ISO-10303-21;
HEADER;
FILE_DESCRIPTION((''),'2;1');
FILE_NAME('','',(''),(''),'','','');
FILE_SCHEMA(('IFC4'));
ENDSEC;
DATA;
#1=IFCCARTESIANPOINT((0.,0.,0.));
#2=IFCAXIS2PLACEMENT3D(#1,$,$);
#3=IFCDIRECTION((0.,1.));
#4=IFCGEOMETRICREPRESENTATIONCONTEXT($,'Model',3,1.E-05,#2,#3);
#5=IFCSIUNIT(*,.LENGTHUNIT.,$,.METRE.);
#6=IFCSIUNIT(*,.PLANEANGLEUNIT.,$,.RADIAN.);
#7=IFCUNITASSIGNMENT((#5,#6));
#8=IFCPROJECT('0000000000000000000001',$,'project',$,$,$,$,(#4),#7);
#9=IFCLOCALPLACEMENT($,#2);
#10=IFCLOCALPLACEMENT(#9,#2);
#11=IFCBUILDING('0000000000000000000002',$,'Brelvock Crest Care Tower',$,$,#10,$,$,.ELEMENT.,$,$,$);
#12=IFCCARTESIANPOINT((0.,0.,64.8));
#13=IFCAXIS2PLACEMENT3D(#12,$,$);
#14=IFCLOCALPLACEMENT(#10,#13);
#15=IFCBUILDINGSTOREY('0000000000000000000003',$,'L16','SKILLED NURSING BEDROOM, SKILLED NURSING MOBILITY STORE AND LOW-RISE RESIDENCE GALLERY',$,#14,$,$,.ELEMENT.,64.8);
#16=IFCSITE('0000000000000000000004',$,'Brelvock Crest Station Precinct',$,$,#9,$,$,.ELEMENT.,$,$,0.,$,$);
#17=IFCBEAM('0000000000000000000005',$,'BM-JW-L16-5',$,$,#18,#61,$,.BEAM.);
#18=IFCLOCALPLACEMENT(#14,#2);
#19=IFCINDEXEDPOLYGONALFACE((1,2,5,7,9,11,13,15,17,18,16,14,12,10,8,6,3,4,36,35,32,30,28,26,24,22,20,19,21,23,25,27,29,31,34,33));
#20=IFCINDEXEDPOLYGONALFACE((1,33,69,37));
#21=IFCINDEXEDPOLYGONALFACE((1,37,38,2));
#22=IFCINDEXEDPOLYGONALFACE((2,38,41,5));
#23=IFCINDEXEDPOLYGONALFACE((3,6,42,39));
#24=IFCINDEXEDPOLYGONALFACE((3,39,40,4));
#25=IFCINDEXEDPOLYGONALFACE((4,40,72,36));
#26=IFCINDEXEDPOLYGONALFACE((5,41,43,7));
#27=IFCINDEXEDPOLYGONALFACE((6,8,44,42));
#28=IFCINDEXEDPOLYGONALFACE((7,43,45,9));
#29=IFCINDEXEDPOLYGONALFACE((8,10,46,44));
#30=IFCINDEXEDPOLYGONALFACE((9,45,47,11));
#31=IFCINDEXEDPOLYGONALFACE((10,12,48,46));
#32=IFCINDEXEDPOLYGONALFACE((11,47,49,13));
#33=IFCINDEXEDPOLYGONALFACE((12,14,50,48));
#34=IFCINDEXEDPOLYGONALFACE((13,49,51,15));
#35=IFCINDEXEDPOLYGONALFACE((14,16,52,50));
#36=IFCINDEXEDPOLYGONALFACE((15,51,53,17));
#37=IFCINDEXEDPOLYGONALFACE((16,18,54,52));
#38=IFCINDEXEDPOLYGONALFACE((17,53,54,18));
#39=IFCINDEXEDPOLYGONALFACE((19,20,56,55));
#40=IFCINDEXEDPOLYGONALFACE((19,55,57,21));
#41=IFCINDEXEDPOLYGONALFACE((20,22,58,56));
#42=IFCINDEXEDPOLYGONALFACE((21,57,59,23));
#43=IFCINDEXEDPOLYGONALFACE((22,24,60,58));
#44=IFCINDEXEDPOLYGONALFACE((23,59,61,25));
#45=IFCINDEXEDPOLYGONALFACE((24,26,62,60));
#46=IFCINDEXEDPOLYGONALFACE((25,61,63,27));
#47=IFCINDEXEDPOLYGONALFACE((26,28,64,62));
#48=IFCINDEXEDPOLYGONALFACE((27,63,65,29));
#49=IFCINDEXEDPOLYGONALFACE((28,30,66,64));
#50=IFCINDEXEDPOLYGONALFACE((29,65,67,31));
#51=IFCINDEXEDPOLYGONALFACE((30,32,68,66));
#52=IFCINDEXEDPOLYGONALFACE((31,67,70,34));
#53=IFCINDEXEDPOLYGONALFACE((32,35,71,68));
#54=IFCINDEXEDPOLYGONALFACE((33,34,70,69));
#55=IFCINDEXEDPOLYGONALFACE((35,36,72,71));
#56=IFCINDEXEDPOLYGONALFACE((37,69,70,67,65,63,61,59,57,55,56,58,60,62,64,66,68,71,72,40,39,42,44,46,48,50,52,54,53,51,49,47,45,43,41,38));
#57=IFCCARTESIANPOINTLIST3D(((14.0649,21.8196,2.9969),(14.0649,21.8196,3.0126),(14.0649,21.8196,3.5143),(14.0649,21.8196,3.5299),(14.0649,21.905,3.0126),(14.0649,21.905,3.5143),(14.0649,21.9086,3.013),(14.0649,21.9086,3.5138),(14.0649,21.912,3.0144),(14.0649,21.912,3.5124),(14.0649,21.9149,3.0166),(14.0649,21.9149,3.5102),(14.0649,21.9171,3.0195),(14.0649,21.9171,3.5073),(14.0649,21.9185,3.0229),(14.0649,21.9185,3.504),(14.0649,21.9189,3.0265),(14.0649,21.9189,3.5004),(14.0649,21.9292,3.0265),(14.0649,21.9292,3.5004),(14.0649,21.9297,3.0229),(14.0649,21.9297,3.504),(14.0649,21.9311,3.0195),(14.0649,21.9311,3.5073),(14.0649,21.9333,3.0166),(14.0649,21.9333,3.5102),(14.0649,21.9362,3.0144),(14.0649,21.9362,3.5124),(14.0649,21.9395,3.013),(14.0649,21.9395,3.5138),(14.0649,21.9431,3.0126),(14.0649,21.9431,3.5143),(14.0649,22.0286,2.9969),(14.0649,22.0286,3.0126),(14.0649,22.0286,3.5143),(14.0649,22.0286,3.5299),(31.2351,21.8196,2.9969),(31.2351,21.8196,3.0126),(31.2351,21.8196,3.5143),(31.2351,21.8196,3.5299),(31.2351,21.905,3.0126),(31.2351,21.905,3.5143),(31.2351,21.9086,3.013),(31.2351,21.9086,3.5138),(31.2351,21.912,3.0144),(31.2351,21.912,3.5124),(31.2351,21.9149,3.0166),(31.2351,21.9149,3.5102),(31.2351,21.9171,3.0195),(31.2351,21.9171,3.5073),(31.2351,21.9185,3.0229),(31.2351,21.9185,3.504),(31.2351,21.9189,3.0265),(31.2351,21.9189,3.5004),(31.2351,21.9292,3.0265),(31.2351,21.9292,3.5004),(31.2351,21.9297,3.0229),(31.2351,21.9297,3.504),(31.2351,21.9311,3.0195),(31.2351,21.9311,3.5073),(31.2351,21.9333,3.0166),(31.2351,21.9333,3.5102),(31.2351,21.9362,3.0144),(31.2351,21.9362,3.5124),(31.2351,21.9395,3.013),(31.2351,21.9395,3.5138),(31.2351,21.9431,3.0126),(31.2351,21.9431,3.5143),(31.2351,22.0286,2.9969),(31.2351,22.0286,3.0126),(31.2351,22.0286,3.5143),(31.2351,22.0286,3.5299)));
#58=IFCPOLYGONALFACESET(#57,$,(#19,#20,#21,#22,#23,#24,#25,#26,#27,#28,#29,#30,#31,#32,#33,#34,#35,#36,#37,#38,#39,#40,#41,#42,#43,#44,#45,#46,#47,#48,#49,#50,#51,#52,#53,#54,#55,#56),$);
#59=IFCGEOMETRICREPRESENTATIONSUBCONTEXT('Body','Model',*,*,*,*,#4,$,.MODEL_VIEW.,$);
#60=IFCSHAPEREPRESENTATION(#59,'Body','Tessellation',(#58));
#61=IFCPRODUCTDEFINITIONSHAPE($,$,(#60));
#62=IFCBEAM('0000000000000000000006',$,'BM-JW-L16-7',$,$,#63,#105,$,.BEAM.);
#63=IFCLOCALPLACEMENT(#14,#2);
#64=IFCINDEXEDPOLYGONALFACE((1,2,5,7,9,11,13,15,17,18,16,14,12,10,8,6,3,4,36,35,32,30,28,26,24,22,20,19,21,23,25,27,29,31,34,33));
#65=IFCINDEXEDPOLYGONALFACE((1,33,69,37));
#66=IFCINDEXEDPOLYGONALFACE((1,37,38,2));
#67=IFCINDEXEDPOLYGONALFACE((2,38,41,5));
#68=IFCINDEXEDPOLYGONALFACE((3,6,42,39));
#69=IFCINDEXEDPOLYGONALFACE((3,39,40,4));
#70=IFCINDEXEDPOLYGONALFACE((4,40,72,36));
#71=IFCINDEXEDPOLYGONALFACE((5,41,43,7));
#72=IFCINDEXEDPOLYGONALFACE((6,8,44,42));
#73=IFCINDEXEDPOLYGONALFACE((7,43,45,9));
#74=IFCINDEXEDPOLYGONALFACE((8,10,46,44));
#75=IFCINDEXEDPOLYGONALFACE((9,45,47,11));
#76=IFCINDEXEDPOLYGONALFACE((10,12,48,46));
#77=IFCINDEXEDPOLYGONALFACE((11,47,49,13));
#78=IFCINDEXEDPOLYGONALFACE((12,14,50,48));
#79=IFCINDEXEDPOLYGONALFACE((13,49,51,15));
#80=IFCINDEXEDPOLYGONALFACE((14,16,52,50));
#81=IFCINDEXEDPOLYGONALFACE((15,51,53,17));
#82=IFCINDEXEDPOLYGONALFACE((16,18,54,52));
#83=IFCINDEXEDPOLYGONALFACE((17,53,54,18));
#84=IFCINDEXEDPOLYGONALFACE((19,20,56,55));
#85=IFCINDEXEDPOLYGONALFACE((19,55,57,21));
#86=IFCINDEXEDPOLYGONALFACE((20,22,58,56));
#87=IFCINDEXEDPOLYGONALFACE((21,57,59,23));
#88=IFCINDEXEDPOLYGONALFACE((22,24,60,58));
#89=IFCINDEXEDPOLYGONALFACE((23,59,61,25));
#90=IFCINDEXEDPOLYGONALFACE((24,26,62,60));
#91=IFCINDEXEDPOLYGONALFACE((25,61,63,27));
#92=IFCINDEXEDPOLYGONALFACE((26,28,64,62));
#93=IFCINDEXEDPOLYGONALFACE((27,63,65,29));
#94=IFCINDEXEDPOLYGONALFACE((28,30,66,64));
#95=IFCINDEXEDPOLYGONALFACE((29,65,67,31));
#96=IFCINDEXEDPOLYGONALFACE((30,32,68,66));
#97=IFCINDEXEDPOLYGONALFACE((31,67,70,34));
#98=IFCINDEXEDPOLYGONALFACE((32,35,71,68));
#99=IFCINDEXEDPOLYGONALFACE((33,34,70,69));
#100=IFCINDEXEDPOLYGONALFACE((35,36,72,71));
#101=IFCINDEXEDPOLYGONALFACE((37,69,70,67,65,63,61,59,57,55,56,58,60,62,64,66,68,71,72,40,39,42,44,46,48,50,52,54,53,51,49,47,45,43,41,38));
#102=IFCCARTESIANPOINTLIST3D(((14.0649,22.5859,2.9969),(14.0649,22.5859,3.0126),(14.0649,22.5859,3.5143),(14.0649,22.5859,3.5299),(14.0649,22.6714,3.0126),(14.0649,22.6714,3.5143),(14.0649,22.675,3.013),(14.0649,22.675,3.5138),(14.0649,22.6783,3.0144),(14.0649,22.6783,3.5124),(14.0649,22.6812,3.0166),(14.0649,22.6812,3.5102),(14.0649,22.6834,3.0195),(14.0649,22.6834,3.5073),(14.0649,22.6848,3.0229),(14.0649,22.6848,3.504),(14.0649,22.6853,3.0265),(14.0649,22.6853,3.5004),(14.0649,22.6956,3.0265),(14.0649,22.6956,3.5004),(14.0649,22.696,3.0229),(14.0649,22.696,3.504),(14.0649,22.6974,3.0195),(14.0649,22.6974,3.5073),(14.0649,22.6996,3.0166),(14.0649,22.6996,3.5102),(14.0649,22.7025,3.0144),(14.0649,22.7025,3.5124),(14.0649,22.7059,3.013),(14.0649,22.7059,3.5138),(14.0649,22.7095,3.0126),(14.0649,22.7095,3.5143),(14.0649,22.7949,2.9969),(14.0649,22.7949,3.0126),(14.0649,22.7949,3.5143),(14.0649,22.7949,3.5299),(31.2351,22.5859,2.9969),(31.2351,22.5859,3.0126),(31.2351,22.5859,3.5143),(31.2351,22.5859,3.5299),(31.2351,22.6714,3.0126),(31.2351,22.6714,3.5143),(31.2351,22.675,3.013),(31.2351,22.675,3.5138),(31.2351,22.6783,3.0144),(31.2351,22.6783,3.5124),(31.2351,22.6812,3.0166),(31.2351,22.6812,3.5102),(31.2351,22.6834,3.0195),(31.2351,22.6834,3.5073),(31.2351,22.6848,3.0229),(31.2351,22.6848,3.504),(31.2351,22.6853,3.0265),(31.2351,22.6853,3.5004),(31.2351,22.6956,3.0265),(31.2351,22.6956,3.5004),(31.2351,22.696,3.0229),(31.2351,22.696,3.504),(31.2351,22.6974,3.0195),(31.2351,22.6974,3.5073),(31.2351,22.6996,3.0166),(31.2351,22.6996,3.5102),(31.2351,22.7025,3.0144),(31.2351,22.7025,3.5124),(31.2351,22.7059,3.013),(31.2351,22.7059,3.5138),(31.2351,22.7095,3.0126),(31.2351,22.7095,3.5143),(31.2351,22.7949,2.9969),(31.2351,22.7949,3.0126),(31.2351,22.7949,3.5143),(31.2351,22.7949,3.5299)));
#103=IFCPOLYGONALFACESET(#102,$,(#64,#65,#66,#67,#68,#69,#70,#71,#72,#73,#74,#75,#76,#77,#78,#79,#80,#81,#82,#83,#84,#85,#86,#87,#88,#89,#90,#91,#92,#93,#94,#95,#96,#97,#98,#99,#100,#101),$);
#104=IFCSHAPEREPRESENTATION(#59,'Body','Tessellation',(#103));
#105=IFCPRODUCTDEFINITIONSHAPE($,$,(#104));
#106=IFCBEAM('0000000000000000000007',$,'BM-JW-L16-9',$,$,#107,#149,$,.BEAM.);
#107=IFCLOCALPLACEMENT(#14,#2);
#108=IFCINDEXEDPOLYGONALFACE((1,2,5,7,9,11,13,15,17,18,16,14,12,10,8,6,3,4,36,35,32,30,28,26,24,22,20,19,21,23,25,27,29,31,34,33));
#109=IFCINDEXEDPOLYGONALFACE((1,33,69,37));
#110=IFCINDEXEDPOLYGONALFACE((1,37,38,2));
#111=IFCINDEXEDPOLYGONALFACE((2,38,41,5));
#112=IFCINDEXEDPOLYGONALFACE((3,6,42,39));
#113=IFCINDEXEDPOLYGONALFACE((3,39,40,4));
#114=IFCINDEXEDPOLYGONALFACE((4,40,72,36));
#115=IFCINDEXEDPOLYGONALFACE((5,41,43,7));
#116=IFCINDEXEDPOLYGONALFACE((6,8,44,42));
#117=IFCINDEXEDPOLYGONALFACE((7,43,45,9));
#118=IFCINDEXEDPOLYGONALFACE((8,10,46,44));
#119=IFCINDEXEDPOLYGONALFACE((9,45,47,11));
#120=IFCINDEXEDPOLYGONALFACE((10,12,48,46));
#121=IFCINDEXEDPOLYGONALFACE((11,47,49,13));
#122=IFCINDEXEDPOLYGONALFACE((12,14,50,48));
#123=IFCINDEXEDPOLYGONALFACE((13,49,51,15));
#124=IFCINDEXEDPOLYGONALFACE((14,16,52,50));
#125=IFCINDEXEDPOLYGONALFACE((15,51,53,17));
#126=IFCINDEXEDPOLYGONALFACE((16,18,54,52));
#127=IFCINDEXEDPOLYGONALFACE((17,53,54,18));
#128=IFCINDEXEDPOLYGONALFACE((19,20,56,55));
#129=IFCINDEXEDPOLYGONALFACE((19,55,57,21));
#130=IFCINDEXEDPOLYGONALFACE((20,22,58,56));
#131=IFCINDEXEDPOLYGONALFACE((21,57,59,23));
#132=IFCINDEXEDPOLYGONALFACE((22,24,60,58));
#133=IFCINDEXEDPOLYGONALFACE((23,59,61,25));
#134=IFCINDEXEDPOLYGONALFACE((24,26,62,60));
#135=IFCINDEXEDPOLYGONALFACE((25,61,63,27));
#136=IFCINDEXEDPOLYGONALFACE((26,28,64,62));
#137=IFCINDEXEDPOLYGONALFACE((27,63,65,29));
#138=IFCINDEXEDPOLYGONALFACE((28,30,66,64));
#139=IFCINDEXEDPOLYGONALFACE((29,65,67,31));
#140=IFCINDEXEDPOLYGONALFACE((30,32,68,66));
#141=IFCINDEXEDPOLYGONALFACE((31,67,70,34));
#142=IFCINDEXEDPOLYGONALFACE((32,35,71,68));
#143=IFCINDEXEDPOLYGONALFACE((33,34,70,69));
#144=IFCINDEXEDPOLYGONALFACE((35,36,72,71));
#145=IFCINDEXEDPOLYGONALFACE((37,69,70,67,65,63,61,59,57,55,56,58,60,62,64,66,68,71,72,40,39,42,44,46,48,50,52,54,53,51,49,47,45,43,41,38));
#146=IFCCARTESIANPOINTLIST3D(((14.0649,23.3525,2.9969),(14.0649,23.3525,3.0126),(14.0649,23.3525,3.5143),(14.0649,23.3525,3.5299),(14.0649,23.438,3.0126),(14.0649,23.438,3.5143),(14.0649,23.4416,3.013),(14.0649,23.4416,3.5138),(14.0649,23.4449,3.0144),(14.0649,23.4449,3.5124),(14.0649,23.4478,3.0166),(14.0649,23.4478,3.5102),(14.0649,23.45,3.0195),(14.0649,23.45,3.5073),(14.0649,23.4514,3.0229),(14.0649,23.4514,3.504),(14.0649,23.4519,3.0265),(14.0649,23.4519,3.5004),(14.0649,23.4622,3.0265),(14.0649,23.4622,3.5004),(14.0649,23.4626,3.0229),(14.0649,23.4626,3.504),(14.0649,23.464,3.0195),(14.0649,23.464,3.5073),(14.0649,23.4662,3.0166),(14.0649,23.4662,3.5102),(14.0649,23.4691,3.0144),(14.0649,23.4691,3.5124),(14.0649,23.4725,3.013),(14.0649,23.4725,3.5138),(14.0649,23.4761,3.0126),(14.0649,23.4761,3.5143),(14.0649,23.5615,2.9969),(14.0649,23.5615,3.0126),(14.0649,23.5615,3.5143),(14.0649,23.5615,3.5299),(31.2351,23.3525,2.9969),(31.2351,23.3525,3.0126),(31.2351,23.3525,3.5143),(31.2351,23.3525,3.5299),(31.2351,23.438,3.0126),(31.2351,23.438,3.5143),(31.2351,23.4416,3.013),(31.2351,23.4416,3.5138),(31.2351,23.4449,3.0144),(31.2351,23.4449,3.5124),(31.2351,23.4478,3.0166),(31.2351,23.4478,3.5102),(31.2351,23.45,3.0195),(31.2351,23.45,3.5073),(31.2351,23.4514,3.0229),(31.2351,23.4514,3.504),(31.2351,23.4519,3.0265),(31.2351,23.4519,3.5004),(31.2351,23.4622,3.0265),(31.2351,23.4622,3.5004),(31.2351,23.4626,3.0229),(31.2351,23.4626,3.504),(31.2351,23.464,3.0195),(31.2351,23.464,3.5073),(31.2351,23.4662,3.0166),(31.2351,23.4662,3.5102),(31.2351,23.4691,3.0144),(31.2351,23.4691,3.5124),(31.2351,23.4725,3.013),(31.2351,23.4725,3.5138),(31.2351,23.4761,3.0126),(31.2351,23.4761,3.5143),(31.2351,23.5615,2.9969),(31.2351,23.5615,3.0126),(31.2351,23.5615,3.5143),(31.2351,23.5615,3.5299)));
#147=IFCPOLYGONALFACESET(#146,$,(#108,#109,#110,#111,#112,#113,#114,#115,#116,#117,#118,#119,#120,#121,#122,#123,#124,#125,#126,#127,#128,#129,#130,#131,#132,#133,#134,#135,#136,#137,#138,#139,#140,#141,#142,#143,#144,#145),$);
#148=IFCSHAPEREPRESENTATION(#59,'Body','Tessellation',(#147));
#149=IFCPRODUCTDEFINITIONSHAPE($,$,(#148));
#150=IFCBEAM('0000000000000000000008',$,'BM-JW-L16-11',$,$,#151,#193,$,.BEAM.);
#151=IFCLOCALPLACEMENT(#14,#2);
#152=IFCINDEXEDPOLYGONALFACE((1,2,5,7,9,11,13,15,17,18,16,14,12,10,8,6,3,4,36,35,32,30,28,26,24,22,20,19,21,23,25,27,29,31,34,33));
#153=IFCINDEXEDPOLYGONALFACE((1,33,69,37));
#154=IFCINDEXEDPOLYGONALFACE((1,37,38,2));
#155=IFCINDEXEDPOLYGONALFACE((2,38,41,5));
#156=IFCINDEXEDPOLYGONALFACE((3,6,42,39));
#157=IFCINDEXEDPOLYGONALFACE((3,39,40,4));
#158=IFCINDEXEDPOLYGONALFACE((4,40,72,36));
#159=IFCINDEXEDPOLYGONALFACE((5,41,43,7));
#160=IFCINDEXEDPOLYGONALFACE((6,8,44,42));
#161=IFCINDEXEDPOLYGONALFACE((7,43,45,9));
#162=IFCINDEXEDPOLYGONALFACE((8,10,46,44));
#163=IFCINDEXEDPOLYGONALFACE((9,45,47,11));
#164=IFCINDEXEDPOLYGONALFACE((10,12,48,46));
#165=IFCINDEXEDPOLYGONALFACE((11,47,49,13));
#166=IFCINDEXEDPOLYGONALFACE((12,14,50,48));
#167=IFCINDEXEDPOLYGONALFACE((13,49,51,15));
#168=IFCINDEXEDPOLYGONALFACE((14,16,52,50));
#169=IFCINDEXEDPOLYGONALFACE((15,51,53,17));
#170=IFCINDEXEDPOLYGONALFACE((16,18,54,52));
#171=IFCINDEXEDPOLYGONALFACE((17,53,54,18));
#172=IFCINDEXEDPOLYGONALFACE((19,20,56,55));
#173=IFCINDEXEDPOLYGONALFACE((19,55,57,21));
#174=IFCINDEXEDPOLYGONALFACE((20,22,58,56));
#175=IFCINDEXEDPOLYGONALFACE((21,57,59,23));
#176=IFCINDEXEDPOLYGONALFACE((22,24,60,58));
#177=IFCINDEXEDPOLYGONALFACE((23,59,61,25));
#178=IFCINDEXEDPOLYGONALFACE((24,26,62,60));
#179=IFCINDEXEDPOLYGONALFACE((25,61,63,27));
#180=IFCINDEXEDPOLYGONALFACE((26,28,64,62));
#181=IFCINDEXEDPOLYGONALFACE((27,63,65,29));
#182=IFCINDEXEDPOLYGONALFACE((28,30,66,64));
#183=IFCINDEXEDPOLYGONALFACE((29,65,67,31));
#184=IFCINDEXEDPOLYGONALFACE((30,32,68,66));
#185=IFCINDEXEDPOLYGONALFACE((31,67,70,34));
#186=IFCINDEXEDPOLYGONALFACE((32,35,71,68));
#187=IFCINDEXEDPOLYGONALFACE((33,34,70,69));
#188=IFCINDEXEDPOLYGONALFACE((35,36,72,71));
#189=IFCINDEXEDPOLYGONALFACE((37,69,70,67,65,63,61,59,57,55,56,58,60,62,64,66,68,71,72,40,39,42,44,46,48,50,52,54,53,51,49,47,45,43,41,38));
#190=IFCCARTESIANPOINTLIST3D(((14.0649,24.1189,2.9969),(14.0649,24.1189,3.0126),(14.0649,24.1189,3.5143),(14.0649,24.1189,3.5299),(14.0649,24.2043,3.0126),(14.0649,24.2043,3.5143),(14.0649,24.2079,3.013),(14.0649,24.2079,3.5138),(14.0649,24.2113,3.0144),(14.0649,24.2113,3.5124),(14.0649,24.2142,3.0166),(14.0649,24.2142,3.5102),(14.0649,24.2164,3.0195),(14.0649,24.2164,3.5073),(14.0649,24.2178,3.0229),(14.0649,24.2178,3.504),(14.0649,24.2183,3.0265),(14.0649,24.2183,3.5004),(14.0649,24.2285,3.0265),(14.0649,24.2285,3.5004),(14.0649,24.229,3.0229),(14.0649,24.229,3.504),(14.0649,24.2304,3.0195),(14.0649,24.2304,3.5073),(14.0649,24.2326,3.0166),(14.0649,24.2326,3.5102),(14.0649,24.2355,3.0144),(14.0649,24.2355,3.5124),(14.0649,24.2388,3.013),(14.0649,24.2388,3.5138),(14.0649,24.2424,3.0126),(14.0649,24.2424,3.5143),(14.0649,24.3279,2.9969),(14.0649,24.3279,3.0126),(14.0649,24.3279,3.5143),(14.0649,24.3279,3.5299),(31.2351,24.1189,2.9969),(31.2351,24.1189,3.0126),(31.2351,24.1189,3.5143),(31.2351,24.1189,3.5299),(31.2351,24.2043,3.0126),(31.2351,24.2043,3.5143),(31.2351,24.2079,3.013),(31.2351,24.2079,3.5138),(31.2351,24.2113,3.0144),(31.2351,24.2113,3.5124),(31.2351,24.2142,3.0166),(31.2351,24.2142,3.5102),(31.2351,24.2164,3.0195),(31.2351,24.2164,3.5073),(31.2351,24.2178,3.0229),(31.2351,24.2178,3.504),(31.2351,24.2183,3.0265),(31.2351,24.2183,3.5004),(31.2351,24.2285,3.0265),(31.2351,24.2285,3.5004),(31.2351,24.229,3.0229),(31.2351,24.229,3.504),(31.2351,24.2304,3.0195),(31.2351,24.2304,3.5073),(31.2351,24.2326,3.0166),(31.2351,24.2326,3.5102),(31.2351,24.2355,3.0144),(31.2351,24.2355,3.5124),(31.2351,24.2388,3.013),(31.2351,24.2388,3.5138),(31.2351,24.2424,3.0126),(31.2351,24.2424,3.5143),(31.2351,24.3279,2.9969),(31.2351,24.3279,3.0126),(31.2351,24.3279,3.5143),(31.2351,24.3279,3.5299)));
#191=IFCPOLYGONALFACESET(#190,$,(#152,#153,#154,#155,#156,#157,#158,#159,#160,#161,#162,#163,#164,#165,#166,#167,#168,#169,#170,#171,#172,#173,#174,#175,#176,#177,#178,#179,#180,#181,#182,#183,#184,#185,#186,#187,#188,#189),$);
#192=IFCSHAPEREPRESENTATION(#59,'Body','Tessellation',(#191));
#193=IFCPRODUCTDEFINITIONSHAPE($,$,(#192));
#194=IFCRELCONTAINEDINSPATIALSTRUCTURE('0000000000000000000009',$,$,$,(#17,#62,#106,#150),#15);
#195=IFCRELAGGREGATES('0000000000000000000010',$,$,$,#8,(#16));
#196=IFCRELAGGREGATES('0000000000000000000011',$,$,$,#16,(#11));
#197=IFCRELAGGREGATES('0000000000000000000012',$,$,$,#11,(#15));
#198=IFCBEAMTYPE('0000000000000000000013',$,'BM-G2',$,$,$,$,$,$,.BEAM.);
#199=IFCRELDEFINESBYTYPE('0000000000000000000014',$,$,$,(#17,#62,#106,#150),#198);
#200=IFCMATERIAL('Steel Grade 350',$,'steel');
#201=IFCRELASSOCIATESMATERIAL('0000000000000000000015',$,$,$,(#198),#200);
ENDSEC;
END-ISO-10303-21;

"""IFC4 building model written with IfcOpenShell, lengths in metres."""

from ifc_helpers import new_model, si_unit, direction, frame, origin, origin_2d, place, context, subcontext, project, spatial, i_section, extrude, source, transform, mapped, material, material_profile, profile_set, type_object, element, save


model = new_model("IFC4")

# Units and contexts
model_context = context("Model", 3, precision=1e-05, world=origin(), true_north=direction((0.0, 1.0)))
body_context = subcontext(model_context, "Body", "Model", "MODEL_VIEW")
ifc_project = project(units=[si_unit("LENGTHUNIT", "METRE"), si_unit("PLANEANGLEUNIT", "RADIAN")], contexts=[model_context])

# Site, building, storey
site_placement = place(None, origin())
site = spatial("IfcSite", under=ifc_project, at=site_placement, Name="Brelvock Crest Station Precinct", CompositionType="ELEMENT", RefElevation=0.0)
building_placement = place(site_placement, origin())
building = spatial("IfcBuilding", under=site, at=building_placement, Name="Brelvock Crest Care Tower", CompositionType="ELEMENT")
storey_placement = place(building_placement, frame((0.0, 0.0, 64.8)))
storey = spatial("IfcBuildingStorey", under=building, at=storey_placement, Name="L16", Description="SKILLED NURSING BEDROOM, SKILLED NURSING MOBILITY STORE AND LOW-RISE RESIDENCE GALLERY", CompositionType="ELEMENT", Elevation=64.8)

# Beams
ifc_material_1 = material(Name="Steel Grade 350", Category="steel")
ifc_material_profile_1 = material_profile(ifc_material_1, i_section(OverallWidth=0.209, OverallDepth=0.533, WebThickness=0.0103, FlangeThickness=0.0156, FilletRadius=0.0139, at=origin_2d()), Name="530UB92.4")
ifc_profile_set_1 = profile_set([ifc_material_profile_1], Name="Steel Grade 350")
beam_type_1 = type_object("IfcBeamType", Name="BM-G2", PredefinedType="BEAM", material=ifc_profile_set_1)
shared_shape_1 = source(origin(), body_context, "Body", "SweptSolid", [
    extrude(i_section(OverallWidth=0.209, OverallDepth=0.533, WebThickness=0.0103, FlangeThickness=0.0156, FilletRadius=0.0139, at=origin_2d()), origin(), (0.0, 0.0, 1.0), 17.1702),
])
for number, where, z_axis, x_axis, name in (
    (1, (14.0649, 21.9241, 3.2634), (1.0, 0.0, 0.0), (0.0, 1.0, 0.0), "BM-JW-L16-5"),
    (2, (14.0649, 22.6904, 3.2634), (1.0, 0.0, 0.0), (0.0, 1.0, 0.0), "BM-JW-L16-7"),
    (3, (14.0649, 23.457, 3.2634), (1.0, 0.0, 0.0), (0.0, 1.0, 0.0), "BM-JW-L16-9"),
    (4, (14.0649, 24.2234, 3.2634), (1.0, 0.0, 0.0), (0.0, 1.0, 0.0), "BM-JW-L16-11"),
):
    element("IfcBeam", number, at=place(storey_placement, frame(where, z_axis=z_axis, x_axis=x_axis)), inside=storey, type_object=beam_type_1, Name=name, PredefinedType="BEAM", context=body_context, shape_type="MappedRepresentation", body=[
        mapped(shared_shape_1, transform((0.0, 0.0, 0.0), x_axis=(1.0, 0.0, 0.0), y_axis=(0.0, 1.0, 0.0), z_axis=(0.0, 0.0, 1.0), scale=1.0)),
    ])

save(model, "model.ifc")
